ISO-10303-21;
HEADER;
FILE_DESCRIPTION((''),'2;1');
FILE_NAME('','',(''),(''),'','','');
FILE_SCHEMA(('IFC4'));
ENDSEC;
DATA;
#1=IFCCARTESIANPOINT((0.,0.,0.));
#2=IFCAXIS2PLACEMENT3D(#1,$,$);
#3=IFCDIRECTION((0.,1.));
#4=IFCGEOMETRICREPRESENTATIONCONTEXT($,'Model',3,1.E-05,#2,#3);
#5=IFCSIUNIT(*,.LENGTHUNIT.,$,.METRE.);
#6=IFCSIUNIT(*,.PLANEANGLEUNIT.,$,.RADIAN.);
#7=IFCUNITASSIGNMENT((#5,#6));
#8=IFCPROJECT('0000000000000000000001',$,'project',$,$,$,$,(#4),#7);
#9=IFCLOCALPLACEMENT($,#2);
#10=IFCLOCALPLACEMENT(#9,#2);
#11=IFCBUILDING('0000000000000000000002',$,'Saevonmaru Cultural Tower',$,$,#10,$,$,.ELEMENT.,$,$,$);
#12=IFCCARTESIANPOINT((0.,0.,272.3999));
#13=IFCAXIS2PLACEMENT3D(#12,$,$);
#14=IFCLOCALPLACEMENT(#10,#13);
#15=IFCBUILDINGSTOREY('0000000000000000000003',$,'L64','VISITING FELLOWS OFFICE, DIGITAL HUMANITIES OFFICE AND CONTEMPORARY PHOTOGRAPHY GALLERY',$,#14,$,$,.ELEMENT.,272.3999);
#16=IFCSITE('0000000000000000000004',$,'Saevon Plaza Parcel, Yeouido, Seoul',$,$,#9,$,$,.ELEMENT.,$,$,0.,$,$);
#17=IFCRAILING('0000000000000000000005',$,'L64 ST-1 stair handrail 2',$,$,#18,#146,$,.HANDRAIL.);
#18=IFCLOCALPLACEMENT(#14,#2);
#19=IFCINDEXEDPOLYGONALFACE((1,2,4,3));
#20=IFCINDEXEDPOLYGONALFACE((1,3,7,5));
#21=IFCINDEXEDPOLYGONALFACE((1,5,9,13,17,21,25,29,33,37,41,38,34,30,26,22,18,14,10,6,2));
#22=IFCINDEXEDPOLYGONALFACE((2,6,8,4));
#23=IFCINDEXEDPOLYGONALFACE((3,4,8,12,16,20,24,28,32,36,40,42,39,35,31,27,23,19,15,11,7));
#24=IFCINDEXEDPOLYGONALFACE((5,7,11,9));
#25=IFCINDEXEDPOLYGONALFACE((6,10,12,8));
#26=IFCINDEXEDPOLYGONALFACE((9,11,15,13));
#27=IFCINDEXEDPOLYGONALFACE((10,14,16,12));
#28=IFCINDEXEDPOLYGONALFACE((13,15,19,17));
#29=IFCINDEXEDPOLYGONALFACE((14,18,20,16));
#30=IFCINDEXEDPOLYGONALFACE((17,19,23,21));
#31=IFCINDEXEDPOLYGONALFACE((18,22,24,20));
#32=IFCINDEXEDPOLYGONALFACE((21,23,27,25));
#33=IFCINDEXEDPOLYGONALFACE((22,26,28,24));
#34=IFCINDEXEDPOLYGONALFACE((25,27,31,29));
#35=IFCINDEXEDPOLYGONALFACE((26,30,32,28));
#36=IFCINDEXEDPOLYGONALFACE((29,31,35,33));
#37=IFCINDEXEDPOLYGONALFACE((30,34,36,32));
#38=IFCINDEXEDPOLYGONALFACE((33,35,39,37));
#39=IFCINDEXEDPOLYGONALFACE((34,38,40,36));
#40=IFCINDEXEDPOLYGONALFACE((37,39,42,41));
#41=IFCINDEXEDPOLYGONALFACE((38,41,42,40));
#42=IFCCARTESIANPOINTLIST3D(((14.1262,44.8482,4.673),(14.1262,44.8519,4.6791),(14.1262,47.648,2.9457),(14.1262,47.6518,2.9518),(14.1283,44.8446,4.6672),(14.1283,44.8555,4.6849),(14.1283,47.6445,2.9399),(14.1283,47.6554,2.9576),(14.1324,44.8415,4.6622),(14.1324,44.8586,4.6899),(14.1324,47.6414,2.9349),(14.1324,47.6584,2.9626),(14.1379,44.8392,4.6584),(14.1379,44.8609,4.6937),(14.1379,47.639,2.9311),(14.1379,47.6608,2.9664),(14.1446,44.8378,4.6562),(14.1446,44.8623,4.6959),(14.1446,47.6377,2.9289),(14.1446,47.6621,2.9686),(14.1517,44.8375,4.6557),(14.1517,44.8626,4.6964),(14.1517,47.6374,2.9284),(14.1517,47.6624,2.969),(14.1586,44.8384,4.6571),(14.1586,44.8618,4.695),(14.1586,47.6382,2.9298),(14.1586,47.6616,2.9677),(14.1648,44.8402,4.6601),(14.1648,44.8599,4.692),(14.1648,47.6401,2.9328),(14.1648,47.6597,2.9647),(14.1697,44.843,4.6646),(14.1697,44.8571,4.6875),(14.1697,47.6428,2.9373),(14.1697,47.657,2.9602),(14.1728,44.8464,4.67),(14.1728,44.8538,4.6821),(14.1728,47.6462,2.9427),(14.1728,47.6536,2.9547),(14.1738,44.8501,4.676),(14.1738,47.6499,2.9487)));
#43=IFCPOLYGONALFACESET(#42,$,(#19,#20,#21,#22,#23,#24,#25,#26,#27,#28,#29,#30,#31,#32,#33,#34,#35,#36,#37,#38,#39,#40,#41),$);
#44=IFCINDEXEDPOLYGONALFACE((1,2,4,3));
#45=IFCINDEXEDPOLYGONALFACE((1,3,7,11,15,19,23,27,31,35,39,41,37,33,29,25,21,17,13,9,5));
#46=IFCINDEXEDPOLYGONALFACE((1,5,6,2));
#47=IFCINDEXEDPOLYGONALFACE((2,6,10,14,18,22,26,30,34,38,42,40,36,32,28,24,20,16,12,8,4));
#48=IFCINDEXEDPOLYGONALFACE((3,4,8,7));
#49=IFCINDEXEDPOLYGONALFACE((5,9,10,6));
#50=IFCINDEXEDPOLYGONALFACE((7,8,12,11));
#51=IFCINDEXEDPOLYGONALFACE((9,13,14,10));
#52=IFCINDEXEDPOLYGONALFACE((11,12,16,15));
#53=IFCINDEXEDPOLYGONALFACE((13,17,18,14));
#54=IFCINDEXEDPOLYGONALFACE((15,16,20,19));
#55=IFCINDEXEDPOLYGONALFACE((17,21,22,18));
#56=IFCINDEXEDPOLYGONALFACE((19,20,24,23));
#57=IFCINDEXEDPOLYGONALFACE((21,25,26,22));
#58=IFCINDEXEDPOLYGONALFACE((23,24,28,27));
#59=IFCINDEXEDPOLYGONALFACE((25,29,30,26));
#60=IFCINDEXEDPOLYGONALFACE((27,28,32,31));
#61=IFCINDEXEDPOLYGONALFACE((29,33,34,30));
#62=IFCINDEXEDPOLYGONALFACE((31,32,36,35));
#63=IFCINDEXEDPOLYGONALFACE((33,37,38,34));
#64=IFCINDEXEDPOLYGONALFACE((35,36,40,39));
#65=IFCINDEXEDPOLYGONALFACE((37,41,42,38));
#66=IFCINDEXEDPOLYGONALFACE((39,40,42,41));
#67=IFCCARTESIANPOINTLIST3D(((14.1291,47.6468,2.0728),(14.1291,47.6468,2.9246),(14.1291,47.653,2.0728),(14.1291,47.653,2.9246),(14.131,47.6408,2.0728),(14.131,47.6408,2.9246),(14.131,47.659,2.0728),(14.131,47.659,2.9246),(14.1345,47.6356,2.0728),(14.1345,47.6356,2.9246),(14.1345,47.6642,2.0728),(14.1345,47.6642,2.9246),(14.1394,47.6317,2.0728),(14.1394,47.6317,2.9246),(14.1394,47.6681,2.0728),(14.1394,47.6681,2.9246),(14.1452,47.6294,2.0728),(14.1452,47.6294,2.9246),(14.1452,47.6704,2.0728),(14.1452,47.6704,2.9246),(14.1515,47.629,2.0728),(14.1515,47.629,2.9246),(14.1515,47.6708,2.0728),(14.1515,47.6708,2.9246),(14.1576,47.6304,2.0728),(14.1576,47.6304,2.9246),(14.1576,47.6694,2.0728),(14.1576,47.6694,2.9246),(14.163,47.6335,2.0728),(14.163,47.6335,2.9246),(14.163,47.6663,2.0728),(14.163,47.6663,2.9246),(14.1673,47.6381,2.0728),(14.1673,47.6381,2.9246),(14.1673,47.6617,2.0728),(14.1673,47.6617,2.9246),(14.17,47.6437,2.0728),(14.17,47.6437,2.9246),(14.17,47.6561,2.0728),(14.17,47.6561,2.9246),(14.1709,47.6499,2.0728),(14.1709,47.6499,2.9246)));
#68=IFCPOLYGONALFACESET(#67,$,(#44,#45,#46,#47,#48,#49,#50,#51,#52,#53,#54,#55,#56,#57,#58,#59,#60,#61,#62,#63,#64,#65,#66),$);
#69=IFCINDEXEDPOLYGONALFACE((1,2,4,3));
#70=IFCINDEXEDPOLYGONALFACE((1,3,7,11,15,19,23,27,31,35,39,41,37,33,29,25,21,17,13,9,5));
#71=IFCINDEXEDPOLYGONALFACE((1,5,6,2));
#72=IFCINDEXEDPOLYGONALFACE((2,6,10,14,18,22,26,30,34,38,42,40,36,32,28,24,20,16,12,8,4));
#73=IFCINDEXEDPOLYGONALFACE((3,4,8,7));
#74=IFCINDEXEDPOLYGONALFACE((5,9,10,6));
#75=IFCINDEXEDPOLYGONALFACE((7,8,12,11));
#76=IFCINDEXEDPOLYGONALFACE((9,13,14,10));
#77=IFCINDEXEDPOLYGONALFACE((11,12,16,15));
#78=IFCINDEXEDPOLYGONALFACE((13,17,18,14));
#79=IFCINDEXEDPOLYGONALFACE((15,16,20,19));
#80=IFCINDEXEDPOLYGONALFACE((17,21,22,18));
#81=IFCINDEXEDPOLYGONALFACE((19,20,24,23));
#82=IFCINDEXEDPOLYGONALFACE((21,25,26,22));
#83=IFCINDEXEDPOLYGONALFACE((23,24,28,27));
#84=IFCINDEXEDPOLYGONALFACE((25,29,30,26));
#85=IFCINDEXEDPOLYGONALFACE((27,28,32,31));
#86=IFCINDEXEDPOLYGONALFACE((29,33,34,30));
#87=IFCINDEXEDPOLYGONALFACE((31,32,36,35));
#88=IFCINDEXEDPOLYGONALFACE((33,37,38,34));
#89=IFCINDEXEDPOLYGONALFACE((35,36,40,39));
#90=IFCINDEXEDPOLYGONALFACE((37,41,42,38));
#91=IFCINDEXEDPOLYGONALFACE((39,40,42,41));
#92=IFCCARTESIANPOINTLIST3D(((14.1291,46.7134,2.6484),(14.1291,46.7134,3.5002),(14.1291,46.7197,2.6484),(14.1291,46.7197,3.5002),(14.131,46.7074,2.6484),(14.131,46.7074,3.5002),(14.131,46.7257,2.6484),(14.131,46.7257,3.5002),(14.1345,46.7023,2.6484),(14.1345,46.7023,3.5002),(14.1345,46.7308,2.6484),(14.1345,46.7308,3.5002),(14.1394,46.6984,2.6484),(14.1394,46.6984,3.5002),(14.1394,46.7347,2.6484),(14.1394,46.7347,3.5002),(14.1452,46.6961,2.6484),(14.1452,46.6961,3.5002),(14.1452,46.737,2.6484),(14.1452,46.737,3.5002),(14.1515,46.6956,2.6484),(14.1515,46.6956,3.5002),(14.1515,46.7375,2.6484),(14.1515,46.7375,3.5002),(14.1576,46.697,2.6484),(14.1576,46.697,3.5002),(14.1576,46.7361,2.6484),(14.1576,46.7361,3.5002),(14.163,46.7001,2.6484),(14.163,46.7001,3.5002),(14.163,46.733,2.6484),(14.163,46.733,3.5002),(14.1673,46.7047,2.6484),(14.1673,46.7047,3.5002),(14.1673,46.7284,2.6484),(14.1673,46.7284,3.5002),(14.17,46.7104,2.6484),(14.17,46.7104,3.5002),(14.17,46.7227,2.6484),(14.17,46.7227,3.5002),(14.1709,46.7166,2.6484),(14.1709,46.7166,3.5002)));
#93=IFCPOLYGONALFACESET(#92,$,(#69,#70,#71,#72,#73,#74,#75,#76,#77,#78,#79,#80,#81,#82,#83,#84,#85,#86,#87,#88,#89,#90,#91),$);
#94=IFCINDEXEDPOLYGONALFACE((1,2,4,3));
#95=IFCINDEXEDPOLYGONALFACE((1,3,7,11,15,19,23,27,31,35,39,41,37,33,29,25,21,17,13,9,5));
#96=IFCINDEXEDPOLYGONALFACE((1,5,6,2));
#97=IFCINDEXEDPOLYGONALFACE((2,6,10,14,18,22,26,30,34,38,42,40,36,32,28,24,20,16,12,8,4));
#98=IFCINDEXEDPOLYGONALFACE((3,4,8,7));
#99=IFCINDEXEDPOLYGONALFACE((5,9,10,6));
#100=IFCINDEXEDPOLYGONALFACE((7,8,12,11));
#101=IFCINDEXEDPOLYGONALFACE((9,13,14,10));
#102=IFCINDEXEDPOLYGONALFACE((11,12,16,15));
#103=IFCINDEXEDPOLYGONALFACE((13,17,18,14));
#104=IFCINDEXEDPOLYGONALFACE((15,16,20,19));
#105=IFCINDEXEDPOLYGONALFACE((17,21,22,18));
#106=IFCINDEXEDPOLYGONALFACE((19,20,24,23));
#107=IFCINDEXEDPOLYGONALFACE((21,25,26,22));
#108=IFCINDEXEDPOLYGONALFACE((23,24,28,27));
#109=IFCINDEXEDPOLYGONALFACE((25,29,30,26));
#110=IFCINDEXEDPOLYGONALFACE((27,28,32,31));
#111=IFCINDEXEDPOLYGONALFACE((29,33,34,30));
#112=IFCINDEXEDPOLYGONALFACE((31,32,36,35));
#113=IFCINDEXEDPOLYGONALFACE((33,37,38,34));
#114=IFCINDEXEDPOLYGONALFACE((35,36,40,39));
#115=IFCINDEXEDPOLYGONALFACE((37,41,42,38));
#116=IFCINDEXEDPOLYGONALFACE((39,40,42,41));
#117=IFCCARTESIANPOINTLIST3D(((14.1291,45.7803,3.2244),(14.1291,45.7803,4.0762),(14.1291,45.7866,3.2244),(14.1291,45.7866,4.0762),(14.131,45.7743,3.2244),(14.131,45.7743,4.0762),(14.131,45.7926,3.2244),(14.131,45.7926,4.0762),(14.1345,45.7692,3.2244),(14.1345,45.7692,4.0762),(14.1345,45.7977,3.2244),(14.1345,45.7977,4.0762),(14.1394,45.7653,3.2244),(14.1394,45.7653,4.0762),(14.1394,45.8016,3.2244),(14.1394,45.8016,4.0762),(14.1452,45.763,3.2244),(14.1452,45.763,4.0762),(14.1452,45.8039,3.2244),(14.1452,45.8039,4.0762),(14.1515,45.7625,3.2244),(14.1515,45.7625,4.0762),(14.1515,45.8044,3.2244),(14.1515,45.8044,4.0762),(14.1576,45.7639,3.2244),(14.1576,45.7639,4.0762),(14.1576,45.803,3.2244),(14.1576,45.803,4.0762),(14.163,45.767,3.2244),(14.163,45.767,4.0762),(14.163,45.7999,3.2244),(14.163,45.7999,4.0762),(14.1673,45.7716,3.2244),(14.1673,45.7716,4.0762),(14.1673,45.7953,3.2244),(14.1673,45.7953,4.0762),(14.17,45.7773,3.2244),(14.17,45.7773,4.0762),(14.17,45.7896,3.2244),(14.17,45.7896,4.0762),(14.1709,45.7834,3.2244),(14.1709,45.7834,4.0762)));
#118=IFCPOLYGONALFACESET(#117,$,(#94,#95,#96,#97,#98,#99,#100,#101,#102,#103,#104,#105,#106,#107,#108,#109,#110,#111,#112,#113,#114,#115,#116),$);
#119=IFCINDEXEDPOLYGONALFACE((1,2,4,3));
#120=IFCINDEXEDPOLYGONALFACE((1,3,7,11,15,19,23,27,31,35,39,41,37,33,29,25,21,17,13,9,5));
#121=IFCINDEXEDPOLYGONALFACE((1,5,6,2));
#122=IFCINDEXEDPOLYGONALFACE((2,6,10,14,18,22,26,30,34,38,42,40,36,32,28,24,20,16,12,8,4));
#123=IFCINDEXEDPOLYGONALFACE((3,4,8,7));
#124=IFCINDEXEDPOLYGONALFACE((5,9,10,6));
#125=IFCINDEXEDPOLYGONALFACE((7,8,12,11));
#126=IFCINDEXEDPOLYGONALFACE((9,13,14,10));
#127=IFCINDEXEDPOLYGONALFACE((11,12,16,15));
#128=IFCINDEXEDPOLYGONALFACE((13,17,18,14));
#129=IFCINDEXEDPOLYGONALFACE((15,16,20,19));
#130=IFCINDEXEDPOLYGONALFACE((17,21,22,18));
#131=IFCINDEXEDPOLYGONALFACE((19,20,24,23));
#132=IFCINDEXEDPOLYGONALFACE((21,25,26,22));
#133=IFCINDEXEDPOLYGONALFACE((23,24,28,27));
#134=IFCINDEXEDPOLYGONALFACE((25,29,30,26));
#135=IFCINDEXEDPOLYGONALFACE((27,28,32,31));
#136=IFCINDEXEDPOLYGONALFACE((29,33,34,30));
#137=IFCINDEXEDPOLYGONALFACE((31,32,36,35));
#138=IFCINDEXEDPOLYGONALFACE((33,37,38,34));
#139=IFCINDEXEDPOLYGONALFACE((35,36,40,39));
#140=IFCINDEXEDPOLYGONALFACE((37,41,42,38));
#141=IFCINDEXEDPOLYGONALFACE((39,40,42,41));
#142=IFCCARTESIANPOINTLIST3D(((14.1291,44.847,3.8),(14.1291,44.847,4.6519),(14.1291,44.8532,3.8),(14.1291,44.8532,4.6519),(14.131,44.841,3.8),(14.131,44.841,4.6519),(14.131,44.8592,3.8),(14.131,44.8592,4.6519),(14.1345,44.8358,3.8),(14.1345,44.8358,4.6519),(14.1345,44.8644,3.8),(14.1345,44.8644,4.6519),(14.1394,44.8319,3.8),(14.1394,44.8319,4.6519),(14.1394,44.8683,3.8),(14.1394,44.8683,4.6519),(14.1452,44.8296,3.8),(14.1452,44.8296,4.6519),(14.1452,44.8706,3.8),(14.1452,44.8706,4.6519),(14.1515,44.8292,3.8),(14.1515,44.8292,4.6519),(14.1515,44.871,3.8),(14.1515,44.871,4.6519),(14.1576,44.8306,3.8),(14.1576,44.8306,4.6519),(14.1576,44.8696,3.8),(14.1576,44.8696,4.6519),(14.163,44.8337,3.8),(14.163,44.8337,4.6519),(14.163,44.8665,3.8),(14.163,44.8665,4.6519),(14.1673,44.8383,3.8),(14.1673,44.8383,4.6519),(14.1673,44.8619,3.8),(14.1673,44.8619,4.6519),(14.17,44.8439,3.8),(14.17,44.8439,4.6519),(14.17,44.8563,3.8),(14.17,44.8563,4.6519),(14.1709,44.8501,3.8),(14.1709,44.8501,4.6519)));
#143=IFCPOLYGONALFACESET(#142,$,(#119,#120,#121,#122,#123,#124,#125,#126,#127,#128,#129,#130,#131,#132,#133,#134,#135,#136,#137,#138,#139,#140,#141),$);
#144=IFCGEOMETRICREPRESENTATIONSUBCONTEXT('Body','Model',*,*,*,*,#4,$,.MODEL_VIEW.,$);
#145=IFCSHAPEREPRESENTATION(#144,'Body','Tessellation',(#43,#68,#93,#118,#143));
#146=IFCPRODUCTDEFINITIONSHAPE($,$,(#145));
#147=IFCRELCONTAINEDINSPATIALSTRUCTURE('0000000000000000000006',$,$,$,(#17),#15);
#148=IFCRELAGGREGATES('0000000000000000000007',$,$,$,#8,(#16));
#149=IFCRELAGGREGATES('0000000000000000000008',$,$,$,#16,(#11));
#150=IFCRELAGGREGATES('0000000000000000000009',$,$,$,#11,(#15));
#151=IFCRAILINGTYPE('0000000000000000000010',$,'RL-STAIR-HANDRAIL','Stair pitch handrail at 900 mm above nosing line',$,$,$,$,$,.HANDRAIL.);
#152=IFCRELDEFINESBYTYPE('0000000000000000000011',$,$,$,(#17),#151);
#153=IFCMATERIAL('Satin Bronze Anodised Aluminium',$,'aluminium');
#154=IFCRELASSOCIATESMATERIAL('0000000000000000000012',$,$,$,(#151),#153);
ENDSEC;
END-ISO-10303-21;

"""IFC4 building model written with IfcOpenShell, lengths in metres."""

from ifc_helpers import new_model, si_unit, direction, frame, origin, origin_2d, place, context, subcontext, project, spatial, circle, extrude, material, type_object, element, save


model = new_model("IFC4")

# Units and contexts
model_context = context("Model", 3, precision=1e-05, world=origin(), true_north=direction((0.0, 1.0)))
body_context = subcontext(model_context, "Body", "Model", "MODEL_VIEW")
ifc_project = project(units=[si_unit("LENGTHUNIT", "METRE"), si_unit("PLANEANGLEUNIT", "RADIAN")], contexts=[model_context])

# Site, building, storey
site_placement = place(None, origin())
site = spatial("IfcSite", under=ifc_project, at=site_placement, Name="Saevon Plaza Parcel, Yeouido, Seoul", CompositionType="ELEMENT", RefElevation=0.0)
building_placement = place(site_placement, origin())
building = spatial("IfcBuilding", under=site, at=building_placement, Name="Saevonmaru Cultural Tower", CompositionType="ELEMENT")
storey_placement = place(building_placement, frame((0.0, 0.0, 272.3999)))
storey = spatial("IfcBuildingStorey", under=building, at=storey_placement, Name="L64", Description="VISITING FELLOWS OFFICE, DIGITAL HUMANITIES OFFICE AND CONTEMPORARY PHOTOGRAPHY GALLERY", CompositionType="ELEMENT", Elevation=272.3999)

# Shared definitions
ifc_material_1 = material(Name="Satin Bronze Anodised Aluminium", Category="aluminium")

# Railing
railing_type_1 = type_object("IfcRailingType", Name="RL-STAIR-HANDRAIL", Description="Stair pitch handrail at 900 mm above nosing line", PredefinedType="HANDRAIL", material=ifc_material_1)
railing_1_placement = place(storey_placement, frame((14.1499, 47.6499, 2.0728)))
element("IfcRailing", 1, at=railing_1_placement, inside=storey, type_object=railing_type_1, Name="L64 ST-1 stair handrail 2", PredefinedType="HANDRAIL", context=body_context, shape_type="SweptSolid", body=[
    extrude(circle(Radius=0.0239, at=origin_2d()), frame((0.0, 0.0, 0.876), z_axis=(0.0, -0.851069, 0.525054), x_axis=(1.0, 0.0, 0.0)), (0.0, 0.0, 1.0), 3.2898),
    extrude(circle(Radius=0.021, at=origin_2d()), origin(), (0.0, 0.0, 1.0), 0.8518),
    extrude(circle(Radius=0.021, at=origin_2d()), frame((0.0, -0.9333, 0.5757)), (0.0, 0.0, 1.0), 0.8518),
    extrude(circle(Radius=0.021, at=origin_2d()), frame((0.0, -1.8665, 1.1516)), (0.0, 0.0, 1.0), 0.8518),
    extrude(circle(Radius=0.021, at=origin_2d()), frame((0.0, -2.7998, 1.7273)), (0.0, 0.0, 1.0), 0.8518),
])

save(model, "model.ifc")
